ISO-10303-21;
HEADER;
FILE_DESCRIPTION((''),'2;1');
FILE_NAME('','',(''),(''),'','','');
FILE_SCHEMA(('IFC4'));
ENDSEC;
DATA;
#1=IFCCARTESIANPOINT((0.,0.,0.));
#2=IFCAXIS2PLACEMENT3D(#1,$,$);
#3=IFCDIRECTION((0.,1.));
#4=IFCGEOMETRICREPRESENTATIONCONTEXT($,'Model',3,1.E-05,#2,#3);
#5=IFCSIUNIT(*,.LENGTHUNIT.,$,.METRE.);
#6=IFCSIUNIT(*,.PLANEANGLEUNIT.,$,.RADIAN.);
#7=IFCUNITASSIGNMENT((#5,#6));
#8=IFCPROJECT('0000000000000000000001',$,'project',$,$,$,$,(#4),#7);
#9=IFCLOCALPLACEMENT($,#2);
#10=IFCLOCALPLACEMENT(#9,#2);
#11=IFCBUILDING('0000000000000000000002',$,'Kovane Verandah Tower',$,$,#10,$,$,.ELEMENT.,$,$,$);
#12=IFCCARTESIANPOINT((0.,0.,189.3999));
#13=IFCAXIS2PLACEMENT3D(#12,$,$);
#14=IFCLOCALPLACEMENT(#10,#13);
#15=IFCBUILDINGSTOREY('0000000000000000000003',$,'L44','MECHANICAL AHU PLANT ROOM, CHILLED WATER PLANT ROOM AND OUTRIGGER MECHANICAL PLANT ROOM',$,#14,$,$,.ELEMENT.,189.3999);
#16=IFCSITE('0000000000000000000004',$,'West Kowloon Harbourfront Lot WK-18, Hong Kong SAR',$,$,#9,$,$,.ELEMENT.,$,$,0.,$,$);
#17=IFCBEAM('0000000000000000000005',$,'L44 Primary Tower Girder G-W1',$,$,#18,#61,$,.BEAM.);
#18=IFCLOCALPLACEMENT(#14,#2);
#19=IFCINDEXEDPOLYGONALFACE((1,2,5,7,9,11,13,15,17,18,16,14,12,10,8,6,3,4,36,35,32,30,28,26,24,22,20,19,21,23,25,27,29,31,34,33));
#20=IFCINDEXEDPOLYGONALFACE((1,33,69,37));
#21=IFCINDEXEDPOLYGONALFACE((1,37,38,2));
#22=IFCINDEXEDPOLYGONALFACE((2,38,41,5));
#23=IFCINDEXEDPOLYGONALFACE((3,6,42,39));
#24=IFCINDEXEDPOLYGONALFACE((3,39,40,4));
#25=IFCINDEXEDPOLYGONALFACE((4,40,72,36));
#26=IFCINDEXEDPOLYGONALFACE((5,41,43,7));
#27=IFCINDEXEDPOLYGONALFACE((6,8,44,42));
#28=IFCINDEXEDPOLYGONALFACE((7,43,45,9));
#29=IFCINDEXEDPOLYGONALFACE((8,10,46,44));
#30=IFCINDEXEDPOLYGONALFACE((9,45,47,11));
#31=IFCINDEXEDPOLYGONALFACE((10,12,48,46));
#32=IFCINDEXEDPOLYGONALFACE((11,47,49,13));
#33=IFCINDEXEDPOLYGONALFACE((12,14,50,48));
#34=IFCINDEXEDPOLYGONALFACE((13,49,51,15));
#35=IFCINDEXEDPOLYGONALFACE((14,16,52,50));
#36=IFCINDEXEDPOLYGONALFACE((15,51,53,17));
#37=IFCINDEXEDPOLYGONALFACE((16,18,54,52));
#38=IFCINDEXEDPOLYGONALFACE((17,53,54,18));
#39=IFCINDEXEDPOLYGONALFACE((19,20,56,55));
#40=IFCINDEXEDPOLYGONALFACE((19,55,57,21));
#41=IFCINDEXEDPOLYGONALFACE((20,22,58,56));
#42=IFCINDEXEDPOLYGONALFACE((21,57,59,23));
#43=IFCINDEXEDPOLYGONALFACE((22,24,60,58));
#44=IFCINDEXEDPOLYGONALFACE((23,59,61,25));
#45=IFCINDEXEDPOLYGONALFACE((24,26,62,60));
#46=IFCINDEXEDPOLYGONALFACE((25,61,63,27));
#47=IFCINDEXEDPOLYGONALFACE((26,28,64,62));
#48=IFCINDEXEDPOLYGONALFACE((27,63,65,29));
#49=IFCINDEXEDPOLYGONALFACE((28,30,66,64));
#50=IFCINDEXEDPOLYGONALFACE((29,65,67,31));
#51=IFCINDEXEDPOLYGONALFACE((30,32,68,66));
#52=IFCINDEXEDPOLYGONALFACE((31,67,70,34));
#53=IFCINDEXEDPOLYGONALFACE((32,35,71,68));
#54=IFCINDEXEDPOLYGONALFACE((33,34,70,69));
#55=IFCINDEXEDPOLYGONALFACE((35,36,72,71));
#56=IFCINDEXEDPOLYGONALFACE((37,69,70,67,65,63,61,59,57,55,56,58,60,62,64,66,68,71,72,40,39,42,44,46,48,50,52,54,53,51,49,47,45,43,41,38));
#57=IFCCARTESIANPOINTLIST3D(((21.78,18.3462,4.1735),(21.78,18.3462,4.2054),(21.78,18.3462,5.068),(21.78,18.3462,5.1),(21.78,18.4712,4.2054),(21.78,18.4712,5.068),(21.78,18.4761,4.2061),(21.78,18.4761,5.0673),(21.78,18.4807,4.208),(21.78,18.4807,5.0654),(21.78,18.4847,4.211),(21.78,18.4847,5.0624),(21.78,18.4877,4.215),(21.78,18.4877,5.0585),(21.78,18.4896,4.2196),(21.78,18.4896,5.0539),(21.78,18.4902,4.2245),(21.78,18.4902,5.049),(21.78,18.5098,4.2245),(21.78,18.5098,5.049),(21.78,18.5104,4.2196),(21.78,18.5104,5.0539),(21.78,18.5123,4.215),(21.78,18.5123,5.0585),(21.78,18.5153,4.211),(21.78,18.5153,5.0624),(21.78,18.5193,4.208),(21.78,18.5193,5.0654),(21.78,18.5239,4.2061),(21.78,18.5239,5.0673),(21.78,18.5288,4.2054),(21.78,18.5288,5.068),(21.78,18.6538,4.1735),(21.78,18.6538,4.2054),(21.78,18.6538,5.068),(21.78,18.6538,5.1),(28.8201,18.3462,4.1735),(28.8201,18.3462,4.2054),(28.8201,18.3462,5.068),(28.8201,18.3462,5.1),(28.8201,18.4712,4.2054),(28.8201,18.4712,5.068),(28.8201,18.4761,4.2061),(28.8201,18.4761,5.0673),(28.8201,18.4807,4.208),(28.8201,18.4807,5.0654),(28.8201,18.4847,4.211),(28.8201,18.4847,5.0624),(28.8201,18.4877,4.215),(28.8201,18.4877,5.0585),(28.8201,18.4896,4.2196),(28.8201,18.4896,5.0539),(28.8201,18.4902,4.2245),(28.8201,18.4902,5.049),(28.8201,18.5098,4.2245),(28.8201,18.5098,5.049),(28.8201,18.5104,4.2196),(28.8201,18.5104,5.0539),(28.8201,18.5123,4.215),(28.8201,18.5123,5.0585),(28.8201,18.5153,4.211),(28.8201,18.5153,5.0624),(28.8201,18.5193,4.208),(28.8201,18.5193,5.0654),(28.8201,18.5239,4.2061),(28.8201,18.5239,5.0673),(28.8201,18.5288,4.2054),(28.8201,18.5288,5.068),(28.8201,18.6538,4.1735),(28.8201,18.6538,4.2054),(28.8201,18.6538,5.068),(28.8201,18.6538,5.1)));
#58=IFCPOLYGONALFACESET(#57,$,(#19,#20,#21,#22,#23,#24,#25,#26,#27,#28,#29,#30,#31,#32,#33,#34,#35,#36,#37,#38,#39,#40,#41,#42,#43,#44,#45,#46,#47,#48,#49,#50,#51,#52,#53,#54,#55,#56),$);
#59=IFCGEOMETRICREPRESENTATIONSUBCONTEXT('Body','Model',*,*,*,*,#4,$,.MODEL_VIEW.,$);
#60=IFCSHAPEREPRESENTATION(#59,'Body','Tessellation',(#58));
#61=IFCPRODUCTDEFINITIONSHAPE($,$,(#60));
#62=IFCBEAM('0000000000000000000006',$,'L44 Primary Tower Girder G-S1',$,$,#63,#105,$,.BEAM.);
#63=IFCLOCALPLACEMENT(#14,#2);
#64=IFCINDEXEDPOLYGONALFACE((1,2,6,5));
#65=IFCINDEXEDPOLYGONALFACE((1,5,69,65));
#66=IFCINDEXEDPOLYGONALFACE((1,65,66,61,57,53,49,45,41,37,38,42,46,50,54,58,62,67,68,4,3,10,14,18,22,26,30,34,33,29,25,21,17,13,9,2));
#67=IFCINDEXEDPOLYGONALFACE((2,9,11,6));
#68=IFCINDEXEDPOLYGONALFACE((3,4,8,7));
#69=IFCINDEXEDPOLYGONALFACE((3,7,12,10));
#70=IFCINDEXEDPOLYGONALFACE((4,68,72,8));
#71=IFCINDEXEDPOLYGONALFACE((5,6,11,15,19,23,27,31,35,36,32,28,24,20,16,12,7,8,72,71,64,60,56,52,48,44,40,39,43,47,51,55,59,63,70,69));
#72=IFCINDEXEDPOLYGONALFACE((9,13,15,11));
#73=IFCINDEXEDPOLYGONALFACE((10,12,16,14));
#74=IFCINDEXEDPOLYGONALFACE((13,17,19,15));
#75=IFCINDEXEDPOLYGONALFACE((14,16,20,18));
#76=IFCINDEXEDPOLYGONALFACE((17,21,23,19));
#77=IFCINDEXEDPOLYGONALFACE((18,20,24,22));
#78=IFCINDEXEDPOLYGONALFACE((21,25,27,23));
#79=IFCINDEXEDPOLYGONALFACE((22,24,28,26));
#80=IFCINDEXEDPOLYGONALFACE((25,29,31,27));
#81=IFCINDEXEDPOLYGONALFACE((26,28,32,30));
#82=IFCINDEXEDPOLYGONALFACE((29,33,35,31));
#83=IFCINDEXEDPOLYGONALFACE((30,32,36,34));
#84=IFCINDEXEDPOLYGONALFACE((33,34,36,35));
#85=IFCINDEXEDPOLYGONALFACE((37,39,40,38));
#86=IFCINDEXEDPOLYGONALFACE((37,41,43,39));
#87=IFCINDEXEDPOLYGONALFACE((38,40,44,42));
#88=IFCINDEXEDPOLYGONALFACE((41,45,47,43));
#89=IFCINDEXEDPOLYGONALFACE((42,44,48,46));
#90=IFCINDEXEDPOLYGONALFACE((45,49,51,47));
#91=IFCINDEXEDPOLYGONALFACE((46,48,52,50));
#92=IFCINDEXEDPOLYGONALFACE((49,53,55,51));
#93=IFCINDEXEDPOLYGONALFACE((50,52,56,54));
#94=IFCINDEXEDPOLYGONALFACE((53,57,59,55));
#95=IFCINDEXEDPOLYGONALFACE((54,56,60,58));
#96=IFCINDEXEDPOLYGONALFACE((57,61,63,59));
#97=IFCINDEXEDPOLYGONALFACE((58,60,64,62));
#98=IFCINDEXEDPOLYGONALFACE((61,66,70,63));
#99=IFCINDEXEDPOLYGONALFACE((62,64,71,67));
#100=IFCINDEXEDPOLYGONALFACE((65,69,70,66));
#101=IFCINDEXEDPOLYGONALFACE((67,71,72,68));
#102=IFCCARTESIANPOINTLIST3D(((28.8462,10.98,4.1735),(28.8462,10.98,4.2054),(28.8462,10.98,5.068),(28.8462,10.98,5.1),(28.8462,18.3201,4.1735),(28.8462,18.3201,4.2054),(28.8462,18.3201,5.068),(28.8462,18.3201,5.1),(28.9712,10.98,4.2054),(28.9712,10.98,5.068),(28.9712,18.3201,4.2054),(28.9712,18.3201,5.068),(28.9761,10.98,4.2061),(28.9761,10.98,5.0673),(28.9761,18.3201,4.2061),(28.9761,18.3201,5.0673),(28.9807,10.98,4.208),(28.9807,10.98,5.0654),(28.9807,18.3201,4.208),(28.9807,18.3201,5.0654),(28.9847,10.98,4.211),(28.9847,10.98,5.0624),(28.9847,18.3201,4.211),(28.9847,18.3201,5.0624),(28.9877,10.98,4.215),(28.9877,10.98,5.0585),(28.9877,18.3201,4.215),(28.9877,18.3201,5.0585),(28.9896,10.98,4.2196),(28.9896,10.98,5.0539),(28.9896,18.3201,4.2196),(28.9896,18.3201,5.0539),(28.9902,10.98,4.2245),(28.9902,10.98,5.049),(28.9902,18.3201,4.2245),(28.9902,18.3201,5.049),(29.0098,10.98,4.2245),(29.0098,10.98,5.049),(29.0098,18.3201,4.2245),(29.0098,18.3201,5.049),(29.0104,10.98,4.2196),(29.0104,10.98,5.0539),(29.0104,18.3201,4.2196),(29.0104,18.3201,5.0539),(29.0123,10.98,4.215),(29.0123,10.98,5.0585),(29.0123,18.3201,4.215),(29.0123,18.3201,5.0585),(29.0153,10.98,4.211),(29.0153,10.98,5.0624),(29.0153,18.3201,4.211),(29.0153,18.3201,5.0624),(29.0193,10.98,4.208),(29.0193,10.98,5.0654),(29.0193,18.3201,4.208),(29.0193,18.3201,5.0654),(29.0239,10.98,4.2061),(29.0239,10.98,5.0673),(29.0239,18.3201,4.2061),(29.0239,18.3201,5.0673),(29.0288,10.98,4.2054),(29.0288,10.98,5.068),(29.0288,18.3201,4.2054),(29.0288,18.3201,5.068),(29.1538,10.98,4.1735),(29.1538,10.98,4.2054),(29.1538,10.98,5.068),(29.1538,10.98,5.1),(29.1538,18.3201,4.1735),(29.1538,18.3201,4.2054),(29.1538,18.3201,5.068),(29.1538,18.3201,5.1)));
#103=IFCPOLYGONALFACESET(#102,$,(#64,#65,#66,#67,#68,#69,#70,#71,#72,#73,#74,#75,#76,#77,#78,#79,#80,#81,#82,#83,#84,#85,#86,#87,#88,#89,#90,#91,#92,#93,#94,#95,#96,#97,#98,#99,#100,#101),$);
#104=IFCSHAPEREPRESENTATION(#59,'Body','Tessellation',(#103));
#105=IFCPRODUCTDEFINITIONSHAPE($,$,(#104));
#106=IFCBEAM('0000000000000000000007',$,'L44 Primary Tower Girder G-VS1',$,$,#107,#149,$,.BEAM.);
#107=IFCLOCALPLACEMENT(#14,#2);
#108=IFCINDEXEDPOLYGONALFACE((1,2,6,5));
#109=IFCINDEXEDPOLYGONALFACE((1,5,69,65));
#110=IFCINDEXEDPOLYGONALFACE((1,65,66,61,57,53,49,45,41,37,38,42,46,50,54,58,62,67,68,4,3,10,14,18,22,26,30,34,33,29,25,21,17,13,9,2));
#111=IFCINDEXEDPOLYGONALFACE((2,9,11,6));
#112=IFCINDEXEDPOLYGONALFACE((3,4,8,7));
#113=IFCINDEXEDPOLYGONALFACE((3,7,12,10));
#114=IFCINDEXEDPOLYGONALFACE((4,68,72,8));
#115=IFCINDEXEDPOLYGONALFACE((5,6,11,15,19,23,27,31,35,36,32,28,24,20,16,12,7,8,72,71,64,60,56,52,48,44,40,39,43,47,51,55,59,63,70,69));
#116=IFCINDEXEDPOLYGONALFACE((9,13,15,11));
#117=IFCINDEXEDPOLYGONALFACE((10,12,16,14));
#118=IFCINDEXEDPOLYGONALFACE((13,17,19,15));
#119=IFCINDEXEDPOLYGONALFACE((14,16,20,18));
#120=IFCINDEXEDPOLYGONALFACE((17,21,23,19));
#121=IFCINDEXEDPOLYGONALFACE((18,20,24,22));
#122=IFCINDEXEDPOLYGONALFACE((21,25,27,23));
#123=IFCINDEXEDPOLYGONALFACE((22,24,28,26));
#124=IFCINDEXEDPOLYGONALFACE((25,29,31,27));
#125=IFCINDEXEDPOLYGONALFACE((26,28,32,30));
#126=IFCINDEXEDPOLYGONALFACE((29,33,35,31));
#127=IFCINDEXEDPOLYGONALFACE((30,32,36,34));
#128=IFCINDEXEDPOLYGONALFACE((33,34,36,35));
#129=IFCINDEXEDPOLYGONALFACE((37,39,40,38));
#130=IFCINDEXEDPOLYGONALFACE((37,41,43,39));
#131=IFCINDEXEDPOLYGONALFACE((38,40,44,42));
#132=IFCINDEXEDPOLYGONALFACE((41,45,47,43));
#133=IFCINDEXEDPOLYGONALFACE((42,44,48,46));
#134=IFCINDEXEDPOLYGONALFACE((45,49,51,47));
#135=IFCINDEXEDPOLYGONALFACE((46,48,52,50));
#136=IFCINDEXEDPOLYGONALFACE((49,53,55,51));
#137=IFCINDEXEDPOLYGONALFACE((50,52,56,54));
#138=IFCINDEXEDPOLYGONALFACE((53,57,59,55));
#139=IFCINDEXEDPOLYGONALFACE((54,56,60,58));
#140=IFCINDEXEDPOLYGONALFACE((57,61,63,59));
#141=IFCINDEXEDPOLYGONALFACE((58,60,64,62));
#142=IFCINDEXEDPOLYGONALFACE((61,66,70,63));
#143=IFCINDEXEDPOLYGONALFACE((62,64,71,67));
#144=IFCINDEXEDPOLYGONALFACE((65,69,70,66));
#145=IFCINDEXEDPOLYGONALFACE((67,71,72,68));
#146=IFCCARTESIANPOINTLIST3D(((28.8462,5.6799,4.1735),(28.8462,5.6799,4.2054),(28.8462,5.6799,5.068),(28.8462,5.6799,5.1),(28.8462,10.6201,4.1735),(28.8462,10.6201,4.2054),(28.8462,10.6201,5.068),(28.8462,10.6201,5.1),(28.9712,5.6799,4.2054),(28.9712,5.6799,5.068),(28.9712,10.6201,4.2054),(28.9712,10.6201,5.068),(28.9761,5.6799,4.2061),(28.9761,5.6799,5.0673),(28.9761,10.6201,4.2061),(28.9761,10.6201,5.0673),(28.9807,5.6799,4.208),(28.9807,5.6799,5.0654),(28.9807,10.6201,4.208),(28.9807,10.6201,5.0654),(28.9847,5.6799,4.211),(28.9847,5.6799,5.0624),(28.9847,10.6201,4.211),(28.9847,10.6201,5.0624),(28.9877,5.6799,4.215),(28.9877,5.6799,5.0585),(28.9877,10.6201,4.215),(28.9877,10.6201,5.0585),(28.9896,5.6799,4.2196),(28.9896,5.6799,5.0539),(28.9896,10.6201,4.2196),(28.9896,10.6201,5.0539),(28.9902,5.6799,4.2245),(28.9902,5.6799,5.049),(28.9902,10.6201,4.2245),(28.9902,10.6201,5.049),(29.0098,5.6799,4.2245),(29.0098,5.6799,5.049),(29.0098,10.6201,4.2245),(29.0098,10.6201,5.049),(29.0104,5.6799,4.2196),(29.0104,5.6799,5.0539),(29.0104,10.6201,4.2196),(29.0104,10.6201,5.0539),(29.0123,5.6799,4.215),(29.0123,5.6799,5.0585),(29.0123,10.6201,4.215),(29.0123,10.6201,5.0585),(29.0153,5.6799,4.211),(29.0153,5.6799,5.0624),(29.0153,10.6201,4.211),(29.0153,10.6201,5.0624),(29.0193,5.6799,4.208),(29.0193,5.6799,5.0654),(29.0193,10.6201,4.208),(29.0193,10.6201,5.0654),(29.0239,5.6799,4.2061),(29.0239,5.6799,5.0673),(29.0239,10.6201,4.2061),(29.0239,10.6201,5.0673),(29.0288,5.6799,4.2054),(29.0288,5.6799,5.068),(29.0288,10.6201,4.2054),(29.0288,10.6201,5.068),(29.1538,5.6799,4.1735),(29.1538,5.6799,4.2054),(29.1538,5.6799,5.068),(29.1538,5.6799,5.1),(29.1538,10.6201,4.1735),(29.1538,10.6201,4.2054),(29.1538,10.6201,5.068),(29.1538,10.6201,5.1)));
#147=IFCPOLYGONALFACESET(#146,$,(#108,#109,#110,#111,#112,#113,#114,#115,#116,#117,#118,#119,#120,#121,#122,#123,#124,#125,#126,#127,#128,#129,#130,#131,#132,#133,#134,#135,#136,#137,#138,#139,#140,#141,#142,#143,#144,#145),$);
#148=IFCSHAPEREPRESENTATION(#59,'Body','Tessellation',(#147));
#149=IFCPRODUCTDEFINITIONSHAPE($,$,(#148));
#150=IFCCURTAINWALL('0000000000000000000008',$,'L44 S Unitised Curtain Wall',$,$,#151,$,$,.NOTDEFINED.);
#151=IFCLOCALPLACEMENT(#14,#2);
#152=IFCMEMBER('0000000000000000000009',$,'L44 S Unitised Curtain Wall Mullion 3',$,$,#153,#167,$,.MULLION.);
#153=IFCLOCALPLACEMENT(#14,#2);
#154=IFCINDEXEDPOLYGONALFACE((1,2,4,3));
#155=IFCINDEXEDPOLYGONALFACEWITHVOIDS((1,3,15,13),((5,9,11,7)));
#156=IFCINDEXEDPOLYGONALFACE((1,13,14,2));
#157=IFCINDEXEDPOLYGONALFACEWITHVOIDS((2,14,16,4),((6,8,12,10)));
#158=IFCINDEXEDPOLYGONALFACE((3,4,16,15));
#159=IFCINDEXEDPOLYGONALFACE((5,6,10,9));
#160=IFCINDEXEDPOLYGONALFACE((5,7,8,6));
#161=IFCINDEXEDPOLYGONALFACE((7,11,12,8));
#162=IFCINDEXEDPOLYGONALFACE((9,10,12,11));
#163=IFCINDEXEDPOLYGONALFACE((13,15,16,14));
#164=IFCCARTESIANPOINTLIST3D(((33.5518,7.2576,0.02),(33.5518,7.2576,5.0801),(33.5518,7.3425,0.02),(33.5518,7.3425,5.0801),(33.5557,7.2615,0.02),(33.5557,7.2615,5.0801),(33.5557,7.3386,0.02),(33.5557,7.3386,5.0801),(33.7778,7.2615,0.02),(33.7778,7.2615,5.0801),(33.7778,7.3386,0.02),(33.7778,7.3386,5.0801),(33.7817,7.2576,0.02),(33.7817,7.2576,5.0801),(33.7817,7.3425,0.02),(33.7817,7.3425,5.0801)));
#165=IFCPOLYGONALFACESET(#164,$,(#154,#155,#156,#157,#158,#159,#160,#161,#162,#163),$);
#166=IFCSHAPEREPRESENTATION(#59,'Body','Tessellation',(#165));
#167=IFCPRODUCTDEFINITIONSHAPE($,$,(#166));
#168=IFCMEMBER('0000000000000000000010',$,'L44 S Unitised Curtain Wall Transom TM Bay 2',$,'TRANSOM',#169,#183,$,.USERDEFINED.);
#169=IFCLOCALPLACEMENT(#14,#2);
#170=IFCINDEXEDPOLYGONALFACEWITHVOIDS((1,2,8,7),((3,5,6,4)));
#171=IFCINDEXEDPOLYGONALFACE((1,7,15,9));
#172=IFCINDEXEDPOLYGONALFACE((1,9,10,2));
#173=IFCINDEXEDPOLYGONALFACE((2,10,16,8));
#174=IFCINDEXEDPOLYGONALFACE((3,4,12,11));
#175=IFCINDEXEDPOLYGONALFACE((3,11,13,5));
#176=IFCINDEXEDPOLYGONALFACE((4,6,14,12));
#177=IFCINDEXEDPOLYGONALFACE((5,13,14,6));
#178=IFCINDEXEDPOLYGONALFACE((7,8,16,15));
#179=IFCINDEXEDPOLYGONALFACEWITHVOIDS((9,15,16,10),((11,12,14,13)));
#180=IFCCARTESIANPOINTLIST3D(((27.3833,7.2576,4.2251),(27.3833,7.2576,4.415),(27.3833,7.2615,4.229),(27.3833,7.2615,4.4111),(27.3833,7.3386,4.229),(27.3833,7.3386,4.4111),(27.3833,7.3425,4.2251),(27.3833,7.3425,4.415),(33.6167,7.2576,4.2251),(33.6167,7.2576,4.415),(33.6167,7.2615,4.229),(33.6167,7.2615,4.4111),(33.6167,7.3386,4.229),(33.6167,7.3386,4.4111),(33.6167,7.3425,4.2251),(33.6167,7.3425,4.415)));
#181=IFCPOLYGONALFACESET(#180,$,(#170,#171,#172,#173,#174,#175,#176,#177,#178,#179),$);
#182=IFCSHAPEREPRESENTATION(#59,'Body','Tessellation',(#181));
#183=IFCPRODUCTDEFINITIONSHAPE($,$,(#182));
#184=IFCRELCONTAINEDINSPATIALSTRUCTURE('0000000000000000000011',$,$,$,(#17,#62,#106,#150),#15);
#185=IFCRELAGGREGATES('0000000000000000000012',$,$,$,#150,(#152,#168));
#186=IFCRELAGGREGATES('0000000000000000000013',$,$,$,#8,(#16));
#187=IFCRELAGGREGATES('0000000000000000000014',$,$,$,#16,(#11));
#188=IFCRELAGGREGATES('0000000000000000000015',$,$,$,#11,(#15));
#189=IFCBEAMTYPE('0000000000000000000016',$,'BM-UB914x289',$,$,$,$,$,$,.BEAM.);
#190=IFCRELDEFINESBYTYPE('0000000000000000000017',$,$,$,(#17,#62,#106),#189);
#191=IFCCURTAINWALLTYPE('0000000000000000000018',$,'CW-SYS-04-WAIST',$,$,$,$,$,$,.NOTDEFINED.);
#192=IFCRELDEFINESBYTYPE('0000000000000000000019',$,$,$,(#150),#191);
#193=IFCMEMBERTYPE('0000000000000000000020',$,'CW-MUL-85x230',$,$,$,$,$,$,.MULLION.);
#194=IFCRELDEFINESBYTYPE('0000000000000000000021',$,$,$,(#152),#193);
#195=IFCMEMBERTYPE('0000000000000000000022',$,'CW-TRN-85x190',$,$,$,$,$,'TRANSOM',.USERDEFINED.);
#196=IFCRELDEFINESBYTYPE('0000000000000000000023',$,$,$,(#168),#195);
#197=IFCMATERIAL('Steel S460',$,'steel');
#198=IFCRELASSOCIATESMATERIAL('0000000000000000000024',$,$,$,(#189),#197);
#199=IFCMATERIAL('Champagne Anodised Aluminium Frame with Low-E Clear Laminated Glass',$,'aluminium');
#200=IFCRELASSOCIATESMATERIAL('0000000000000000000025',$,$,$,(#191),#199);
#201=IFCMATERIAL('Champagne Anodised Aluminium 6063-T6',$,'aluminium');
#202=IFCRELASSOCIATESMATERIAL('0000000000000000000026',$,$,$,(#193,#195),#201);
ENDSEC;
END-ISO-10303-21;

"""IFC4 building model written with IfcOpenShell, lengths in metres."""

from ifc_helpers import new_model, si_unit, direction, frame, origin, origin_2d, place, context, subcontext, project, spatial, hollow_rectangle, i_section, extrude, material, material_profile, profile_set, type_object, element, aggregate, save


model = new_model("IFC4")

# Units and contexts
model_context = context("Model", 3, precision=1e-05, world=origin(), true_north=direction((0.0, 1.0)))
body_context = subcontext(model_context, "Body", "Model", "MODEL_VIEW")
ifc_project = project(units=[si_unit("LENGTHUNIT", "METRE"), si_unit("PLANEANGLEUNIT", "RADIAN")], contexts=[model_context])

# Site, building, storey
site_placement = place(None, origin())
site = spatial("IfcSite", under=ifc_project, at=site_placement, Name="West Kowloon Harbourfront Lot WK-18, Hong Kong SAR", CompositionType="ELEMENT", RefElevation=0.0)
building_placement = place(site_placement, origin())
building = spatial("IfcBuilding", under=site, at=building_placement, Name="Kovane Verandah Tower", CompositionType="ELEMENT")
storey_placement = place(building_placement, frame((0.0, 0.0, 189.3999)))
storey = spatial("IfcBuildingStorey", under=building, at=storey_placement, Name="L44", Description="MECHANICAL AHU PLANT ROOM, CHILLED WATER PLANT ROOM AND OUTRIGGER MECHANICAL PLANT ROOM", CompositionType="ELEMENT", Elevation=189.3999)

# Shared definitions
ifc_material_1 = material(Name="Steel S460", Category="steel")

# Beams
ifc_material_profile_1 = material_profile(ifc_material_1, i_section(OverallWidth=0.3076, OverallDepth=0.9265, WebThickness=0.0195, FlangeThickness=0.032, FilletRadius=0.019, at=origin_2d()), Name="UB914x305x289")
ifc_profile_set_1 = profile_set([ifc_material_profile_1], Name="Steel S460")
beam_type_1 = type_object("IfcBeamType", Name="BM-UB914x289", PredefinedType="BEAM", material=ifc_profile_set_1)
beam_1_placement = place(storey_placement, frame((28.8201, 18.5, 4.6367), z_axis=(-1.0, 0.0, 0.0), x_axis=(0.0, -1.0, 0.0)))
element("IfcBeam", 1, at=beam_1_placement, inside=storey, type_object=beam_type_1, Name="L44 Primary Tower Girder G-W1", PredefinedType="BEAM", context=body_context, shape_type="SweptSolid", body=[
    extrude(i_section(OverallWidth=0.3076, OverallDepth=0.9265, WebThickness=0.0195, FlangeThickness=0.032, FilletRadius=0.019, at=origin_2d()), origin(), (0.0, 0.0, 1.0), 7.04),
])
beam_2_placement = place(storey_placement, frame((29.0, 18.3201, 4.6367), z_axis=(0.0, -1.0, 0.0), x_axis=(1.0, 0.0, 0.0)))
element("IfcBeam", 2, at=beam_2_placement, inside=storey, type_object=beam_type_1, Name="L44 Primary Tower Girder G-S1", PredefinedType="BEAM", context=body_context, shape_type="SweptSolid", body=[
    extrude(i_section(OverallWidth=0.3076, OverallDepth=0.9265, WebThickness=0.0195, FlangeThickness=0.032, FilletRadius=0.019, at=origin_2d()), origin(), (0.0, 0.0, 1.0), 7.3401),
])
beam_3_placement = place(storey_placement, frame((29.0, 10.6201, 4.6367), z_axis=(0.0, -1.0, 0.0), x_axis=(1.0, 0.0, 0.0)))
element("IfcBeam", 3, at=beam_3_placement, inside=storey, type_object=beam_type_1, Name="L44 Primary Tower Girder G-VS1", PredefinedType="BEAM", context=body_context, shape_type="SweptSolid", body=[
    extrude(i_section(OverallWidth=0.3076, OverallDepth=0.9265, WebThickness=0.0195, FlangeThickness=0.032, FilletRadius=0.019, at=origin_2d()), origin(), (0.0, 0.0, 1.0), 4.9402),
])

# Curtain wall, members
ifc_material_2 = material(Name="Champagne Anodised Aluminium Frame with Low-E Clear Laminated Glass", Category="aluminium")
curtain_wall_type = type_object("IfcCurtainWallType", Name="CW-SYS-04-WAIST", PredefinedType="NOTDEFINED", material=ifc_material_2)
curtain_wall_placement = place(storey_placement, origin())
curtain_wall = element("IfcCurtainWall", 4, at=curtain_wall_placement, inside=storey, type_object=curtain_wall_type, Name="L44 S Unitised Curtain Wall", PredefinedType="NOTDEFINED")
ifc_material_3 = material(Name="Champagne Anodised Aluminium 6063-T6", Category="aluminium")
ifc_material_profile_2 = material_profile(ifc_material_3, hollow_rectangle(XDim=0.085, YDim=0.23, WallThickness=0.0039, at=origin_2d()), Name="AL85x230x4")
ifc_profile_set_2 = profile_set([ifc_material_profile_2], Name="Champagne Anodised Aluminium 6063-T6")
member_type_1 = type_object("IfcMemberType", Name="CW-MUL-85x230", PredefinedType="MULLION", material=ifc_profile_set_2)
member_1_placement = place(storey_placement, frame((33.6667, 7.3, 0.02), z_axis=(0.0, 0.0, 1.0), x_axis=(0.0, -1.0, 0.0)))
member_1 = element("IfcMember", 5, at=member_1_placement, type_object=member_type_1, Name="L44 S Unitised Curtain Wall Mullion 3", PredefinedType="MULLION", context=body_context, shape_type="SweptSolid", body=[
    extrude(hollow_rectangle(XDim=0.085, YDim=0.23, WallThickness=0.0039, at=origin_2d()), origin(), (0.0, 0.0, 1.0), 5.0601),
])
ifc_material_profile_3 = material_profile(ifc_material_3, hollow_rectangle(XDim=0.085, YDim=0.1899, WallThickness=0.0039, at=origin_2d()), Name="AL85x190x4")
ifc_profile_set_3 = profile_set([ifc_material_profile_3], Name="Champagne Anodised Aluminium 6063-T6")
member_type_2 = type_object("IfcMemberType", Name="CW-TRN-85x190", ElementType="TRANSOM", PredefinedType="USERDEFINED", material=ifc_profile_set_3)
member_2_placement = place(storey_placement, frame((27.3833, 7.3, 4.3201), z_axis=(1.0, 0.0, 0.0), x_axis=(0.0, 1.0, 0.0)))
member_2 = element("IfcMember", 6, at=member_2_placement, type_object=member_type_2, Name="L44 S Unitised Curtain Wall Transom TM Bay 2", ObjectType="TRANSOM", PredefinedType="USERDEFINED", context=body_context, shape_type="SweptSolid", body=[
    extrude(hollow_rectangle(XDim=0.085, YDim=0.1899, WallThickness=0.0039, at=origin_2d()), origin(), (0.0, 0.0, 1.0), 6.2334),
])

aggregate(curtain_wall, [member_1, member_2])

save(model, "model.ifc")
